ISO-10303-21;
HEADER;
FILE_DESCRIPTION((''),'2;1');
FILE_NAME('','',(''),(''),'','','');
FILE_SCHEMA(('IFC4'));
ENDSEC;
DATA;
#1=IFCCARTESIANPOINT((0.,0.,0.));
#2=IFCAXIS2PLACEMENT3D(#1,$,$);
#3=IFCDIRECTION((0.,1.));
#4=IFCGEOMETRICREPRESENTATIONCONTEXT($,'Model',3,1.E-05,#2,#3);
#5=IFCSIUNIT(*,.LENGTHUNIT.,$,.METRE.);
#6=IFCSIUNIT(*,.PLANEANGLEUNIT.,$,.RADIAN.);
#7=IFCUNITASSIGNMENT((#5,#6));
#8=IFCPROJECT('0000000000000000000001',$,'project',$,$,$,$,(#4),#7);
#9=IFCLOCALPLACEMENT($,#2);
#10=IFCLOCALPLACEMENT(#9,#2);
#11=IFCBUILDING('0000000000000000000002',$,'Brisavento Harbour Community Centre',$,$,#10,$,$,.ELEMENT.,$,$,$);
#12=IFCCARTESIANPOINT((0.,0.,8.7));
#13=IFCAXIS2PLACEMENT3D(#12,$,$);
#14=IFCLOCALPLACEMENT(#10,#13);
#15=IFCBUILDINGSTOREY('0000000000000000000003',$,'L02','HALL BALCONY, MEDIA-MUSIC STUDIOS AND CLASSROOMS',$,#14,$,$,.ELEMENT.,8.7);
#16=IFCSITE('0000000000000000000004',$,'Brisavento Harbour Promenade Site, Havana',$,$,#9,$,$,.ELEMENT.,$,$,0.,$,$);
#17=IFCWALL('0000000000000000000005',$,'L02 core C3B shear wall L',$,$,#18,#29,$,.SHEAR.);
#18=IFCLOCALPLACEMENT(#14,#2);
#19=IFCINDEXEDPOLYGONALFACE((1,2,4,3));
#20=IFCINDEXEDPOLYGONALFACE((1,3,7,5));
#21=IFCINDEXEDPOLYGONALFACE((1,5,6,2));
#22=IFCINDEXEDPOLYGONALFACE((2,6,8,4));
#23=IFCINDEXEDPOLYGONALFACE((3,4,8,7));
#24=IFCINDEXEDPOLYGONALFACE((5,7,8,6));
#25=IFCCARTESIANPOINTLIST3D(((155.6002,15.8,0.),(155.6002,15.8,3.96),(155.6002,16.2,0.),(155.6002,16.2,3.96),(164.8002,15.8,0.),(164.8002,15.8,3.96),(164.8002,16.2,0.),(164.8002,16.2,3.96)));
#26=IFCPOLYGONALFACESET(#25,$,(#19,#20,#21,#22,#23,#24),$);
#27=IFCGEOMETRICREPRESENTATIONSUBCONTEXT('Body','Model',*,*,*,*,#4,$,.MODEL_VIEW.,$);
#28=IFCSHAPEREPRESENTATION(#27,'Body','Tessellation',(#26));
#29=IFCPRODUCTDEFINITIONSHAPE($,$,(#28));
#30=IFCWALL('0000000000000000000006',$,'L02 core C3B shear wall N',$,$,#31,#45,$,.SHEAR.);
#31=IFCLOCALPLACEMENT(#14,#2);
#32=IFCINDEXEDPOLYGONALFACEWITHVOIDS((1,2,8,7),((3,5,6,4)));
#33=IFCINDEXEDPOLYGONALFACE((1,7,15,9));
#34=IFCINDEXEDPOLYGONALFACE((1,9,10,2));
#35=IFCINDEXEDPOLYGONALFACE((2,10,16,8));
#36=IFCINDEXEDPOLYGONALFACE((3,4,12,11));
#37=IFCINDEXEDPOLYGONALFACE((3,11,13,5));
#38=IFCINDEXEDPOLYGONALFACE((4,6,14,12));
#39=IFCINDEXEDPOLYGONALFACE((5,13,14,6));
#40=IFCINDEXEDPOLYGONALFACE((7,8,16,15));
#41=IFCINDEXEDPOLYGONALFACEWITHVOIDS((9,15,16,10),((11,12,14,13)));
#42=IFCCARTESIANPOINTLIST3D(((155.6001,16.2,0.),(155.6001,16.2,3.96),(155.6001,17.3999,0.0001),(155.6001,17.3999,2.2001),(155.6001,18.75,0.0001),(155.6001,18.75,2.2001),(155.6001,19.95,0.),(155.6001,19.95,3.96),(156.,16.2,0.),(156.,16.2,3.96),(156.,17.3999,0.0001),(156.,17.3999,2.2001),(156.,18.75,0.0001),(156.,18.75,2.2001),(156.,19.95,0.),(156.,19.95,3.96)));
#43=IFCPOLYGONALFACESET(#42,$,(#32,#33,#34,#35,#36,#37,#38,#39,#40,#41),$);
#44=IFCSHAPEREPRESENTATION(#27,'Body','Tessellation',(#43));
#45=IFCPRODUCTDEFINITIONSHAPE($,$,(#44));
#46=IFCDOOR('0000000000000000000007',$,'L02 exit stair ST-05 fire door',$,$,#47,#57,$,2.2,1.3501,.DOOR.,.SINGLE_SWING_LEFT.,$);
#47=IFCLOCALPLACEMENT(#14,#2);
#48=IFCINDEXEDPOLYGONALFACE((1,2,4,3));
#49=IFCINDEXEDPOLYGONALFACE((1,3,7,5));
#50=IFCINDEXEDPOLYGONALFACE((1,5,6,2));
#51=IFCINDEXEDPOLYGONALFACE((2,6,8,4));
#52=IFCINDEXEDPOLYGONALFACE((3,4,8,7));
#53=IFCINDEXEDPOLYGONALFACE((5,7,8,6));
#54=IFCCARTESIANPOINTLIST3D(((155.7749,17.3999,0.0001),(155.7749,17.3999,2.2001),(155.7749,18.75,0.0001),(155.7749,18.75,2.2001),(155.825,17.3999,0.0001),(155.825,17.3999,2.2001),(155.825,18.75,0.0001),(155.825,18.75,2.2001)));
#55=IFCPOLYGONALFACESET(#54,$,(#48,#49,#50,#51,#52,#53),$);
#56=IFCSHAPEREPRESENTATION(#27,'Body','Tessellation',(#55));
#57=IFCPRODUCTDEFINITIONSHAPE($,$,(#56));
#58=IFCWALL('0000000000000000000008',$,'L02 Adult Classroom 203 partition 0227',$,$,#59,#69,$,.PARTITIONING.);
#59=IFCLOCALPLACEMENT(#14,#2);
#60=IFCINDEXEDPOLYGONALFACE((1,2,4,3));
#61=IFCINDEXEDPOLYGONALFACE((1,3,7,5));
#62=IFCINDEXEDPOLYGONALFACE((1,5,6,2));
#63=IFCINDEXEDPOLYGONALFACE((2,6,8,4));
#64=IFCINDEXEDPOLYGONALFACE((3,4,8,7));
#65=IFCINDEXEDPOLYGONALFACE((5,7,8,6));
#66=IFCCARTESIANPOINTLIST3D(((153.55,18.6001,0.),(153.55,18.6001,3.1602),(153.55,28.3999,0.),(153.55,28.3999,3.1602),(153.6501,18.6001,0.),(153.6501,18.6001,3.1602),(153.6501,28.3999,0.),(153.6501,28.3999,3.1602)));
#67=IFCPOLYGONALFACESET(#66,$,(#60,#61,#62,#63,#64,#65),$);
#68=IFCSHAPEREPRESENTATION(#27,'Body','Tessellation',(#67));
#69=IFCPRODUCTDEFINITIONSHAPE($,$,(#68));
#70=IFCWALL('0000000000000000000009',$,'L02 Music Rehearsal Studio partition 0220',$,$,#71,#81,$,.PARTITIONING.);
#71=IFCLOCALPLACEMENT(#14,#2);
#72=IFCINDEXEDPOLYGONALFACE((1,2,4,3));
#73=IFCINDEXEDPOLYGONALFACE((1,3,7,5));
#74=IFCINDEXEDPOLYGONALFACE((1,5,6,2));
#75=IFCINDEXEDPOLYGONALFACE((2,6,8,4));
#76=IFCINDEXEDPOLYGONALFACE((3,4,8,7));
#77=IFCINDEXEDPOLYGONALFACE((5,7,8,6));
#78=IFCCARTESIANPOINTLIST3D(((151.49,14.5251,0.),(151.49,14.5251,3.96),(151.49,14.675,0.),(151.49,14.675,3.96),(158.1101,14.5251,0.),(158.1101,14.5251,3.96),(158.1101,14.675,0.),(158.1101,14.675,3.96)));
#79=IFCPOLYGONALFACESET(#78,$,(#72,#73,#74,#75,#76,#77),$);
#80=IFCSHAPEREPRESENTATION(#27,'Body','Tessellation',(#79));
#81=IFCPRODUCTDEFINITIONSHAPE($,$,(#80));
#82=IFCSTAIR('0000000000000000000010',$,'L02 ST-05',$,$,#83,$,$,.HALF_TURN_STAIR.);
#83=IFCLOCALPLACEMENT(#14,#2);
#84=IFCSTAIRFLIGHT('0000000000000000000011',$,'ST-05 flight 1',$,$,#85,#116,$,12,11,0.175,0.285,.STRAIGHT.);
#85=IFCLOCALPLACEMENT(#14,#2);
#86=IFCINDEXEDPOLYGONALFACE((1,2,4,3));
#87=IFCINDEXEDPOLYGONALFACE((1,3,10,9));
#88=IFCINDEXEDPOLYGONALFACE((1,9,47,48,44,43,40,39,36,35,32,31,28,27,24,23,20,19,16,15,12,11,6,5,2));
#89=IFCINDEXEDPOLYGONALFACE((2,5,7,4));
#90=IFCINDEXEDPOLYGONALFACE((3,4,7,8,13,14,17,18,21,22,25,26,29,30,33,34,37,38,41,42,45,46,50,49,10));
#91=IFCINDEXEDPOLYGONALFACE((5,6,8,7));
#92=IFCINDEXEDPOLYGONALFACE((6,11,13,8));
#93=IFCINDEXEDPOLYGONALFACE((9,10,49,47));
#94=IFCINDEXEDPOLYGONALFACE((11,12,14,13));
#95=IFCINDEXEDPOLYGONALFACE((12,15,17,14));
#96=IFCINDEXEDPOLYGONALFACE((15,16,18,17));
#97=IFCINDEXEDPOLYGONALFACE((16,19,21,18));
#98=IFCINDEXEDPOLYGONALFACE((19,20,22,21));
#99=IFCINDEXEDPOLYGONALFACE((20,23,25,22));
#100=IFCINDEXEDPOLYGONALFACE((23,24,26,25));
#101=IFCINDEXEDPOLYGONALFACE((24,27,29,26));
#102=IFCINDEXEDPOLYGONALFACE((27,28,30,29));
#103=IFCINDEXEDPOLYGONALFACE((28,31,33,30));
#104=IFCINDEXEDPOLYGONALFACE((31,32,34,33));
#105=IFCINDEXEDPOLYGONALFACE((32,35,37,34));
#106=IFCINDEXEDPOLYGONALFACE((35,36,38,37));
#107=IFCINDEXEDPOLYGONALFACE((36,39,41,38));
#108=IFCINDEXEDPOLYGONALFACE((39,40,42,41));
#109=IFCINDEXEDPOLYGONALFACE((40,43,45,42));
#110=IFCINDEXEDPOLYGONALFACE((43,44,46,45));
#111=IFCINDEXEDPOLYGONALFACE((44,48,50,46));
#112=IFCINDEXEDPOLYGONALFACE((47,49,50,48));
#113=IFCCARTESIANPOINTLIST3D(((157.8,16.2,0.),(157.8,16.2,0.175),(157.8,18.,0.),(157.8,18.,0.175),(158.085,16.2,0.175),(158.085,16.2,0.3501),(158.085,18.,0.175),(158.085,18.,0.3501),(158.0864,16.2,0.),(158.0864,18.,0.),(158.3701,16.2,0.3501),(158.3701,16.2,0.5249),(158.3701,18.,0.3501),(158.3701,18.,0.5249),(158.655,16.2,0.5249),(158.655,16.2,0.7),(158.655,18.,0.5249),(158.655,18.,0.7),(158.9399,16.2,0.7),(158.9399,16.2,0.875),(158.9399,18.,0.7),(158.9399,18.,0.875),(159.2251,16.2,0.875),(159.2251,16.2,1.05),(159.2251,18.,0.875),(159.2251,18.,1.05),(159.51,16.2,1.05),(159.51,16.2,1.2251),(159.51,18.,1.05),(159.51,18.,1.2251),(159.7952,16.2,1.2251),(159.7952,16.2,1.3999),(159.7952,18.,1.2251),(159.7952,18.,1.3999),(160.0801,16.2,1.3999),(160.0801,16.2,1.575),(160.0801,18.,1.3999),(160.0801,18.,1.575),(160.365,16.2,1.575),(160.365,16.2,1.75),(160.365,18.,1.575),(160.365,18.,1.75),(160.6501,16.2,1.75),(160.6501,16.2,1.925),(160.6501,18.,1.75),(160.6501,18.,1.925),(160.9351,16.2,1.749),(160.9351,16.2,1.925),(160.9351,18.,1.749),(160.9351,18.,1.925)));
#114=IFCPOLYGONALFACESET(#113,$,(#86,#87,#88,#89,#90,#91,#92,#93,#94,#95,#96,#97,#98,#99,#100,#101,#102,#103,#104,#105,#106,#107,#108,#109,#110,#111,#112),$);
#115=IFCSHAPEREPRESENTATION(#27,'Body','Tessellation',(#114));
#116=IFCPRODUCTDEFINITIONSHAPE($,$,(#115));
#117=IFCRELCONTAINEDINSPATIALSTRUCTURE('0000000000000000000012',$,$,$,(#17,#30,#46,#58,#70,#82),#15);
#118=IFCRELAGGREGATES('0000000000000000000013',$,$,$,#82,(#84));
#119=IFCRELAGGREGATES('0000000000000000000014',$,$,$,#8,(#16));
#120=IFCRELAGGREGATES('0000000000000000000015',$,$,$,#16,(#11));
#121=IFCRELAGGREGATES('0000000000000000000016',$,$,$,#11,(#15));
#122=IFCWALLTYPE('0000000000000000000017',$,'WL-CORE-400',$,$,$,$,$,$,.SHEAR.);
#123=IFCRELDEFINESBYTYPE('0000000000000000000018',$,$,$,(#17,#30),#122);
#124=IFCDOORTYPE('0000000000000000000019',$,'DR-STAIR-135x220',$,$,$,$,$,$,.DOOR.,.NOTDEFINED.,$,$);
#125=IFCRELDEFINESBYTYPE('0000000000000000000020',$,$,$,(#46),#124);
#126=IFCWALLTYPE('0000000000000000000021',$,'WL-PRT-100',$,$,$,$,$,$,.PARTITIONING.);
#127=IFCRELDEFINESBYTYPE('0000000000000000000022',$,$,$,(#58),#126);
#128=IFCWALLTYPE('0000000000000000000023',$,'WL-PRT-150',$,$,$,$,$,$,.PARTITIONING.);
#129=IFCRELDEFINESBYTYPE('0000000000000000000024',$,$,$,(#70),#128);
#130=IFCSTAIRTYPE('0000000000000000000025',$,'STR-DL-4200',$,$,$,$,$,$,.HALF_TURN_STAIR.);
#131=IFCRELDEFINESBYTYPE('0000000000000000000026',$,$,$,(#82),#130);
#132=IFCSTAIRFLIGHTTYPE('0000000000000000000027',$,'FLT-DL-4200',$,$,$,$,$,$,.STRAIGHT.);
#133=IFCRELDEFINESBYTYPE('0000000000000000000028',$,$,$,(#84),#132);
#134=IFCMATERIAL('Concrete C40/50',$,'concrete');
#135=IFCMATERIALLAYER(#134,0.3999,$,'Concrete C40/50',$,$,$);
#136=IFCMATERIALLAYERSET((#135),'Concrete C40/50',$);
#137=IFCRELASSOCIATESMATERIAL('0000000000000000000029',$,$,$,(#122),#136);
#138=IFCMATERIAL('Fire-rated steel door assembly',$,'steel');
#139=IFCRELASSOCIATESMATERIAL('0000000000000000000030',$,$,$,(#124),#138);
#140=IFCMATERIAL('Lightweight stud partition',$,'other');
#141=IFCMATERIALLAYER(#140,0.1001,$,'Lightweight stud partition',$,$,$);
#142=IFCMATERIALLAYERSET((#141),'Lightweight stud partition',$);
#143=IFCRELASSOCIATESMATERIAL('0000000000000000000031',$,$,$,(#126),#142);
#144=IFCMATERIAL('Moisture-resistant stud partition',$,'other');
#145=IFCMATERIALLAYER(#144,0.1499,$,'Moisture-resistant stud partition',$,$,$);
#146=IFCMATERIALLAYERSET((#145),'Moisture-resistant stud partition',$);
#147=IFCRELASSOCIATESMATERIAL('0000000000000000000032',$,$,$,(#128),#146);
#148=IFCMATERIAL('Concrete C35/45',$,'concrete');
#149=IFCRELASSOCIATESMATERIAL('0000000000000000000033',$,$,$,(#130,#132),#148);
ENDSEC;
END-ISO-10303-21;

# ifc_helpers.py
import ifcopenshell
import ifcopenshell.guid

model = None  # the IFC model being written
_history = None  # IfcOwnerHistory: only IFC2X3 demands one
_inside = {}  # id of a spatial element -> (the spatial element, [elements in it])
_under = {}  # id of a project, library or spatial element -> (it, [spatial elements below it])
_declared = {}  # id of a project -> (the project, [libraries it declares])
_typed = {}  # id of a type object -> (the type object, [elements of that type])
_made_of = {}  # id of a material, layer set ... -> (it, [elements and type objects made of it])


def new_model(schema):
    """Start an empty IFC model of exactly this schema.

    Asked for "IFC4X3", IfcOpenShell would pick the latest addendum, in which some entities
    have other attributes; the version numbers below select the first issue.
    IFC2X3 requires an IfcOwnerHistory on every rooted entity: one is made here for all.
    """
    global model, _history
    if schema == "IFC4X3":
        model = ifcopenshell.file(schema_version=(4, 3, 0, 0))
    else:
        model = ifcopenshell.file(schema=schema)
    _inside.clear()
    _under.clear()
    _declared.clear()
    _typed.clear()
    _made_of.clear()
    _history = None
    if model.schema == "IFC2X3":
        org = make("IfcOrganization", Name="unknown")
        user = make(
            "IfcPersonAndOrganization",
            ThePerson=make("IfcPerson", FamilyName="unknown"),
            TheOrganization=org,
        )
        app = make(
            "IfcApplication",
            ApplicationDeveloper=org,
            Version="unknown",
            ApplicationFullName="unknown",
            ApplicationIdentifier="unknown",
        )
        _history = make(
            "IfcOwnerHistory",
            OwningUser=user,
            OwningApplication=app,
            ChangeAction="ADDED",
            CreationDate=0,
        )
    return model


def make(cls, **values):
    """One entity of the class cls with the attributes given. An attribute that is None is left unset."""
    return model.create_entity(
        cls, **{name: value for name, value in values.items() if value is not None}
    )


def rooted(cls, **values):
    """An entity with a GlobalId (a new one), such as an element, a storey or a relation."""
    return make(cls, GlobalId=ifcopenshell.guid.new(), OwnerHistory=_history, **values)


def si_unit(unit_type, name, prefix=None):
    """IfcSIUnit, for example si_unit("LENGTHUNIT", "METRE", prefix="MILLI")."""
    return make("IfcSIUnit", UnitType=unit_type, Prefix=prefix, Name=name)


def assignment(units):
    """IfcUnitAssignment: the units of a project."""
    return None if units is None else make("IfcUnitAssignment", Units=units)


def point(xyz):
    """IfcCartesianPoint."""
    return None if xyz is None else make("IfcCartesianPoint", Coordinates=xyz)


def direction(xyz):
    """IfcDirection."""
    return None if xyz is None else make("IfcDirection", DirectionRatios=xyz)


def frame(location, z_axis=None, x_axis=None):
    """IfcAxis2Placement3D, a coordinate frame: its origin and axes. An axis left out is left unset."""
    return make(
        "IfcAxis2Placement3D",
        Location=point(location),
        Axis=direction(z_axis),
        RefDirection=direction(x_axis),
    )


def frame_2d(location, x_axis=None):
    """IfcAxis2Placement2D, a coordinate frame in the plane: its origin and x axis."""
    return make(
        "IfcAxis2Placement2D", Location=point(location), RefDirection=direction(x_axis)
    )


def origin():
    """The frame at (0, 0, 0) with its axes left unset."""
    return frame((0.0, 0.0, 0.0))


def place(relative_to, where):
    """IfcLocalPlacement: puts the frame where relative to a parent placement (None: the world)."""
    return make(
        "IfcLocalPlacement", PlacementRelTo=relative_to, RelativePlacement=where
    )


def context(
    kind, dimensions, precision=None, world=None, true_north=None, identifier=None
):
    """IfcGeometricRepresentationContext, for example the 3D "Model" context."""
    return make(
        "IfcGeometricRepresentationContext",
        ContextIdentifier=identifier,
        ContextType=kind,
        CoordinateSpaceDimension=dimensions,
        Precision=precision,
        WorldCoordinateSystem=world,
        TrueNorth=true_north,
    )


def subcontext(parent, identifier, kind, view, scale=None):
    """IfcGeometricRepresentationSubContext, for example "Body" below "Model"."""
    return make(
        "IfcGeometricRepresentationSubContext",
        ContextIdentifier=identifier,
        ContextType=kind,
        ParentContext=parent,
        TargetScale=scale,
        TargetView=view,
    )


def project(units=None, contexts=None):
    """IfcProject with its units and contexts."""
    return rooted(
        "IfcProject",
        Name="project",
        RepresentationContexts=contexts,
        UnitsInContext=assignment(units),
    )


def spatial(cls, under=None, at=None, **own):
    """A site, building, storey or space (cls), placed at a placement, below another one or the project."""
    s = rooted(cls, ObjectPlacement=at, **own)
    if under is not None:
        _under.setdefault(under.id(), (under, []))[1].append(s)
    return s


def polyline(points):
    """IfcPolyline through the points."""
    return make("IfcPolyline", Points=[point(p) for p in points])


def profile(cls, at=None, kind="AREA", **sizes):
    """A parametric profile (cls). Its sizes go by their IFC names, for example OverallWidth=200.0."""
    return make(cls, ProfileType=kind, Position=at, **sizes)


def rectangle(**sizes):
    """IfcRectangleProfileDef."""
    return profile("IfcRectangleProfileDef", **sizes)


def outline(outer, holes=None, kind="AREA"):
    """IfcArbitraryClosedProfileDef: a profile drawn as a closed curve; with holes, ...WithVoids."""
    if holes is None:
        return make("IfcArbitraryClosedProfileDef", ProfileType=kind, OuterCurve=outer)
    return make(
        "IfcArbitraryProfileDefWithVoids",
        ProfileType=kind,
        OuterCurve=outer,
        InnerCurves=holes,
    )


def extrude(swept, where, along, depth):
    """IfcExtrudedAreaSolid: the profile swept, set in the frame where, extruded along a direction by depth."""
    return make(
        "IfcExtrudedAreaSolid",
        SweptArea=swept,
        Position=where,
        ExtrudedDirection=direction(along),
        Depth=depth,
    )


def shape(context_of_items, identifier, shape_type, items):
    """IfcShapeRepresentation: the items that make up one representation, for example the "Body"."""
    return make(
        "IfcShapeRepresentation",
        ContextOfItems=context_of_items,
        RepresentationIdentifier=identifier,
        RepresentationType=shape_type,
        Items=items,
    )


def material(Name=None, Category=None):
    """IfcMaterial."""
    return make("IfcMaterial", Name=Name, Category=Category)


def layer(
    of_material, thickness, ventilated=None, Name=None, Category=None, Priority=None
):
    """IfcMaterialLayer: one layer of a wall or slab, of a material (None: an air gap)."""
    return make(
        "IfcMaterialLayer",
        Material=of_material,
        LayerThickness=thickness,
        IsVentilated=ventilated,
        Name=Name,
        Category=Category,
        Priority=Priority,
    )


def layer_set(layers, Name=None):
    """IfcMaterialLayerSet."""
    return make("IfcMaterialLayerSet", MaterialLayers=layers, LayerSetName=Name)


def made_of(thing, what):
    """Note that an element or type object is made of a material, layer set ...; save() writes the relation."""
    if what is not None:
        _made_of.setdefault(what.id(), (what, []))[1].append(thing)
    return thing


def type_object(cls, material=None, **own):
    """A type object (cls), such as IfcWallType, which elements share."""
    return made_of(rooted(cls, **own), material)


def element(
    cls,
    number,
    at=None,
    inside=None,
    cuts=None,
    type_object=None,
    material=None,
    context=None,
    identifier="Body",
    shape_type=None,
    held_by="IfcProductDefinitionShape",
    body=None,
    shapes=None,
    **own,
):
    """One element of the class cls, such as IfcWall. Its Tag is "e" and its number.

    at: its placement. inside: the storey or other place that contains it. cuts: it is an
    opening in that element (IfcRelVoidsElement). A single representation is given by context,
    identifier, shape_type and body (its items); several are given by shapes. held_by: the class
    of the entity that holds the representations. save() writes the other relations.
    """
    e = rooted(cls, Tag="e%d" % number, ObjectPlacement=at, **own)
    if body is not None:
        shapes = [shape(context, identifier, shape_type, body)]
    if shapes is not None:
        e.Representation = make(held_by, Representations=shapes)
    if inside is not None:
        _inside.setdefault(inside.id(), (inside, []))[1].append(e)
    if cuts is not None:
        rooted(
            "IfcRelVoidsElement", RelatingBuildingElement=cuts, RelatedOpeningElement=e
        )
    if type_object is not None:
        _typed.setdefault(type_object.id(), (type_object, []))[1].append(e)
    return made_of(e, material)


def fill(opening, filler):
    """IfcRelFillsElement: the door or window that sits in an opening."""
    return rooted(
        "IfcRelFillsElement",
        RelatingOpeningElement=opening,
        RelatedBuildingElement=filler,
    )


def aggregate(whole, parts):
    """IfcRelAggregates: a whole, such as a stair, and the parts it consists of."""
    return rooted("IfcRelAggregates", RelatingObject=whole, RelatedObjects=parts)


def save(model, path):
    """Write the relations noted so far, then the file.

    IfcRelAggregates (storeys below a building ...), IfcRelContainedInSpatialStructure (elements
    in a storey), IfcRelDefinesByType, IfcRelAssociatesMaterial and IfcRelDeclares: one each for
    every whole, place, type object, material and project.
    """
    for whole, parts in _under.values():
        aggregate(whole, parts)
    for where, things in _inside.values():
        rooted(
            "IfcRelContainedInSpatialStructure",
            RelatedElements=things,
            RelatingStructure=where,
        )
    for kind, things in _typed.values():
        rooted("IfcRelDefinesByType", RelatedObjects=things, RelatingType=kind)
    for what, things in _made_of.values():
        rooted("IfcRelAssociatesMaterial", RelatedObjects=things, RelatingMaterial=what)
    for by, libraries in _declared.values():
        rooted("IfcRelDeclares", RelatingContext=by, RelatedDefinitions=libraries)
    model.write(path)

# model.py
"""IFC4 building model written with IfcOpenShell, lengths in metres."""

from ifc_helpers import new_model, si_unit, direction, frame, frame_2d, origin, place, context, subcontext, project, spatial, polyline, rectangle, outline, extrude, material, layer, layer_set, type_object, element, fill, aggregate, save


model = new_model("IFC4")

# Units and contexts
model_context = context("Model", 3, precision=1e-05, world=origin(), true_north=direction((0.0, 1.0)))
body_context = subcontext(model_context, "Body", "Model", "MODEL_VIEW")
ifc_project = project(units=[si_unit("LENGTHUNIT", "METRE"), si_unit("PLANEANGLEUNIT", "RADIAN")], contexts=[model_context])

# Site, building, storey
site_placement = place(None, origin())
site = spatial("IfcSite", under=ifc_project, at=site_placement, Name="Brisavento Harbour Promenade Site, Havana", CompositionType="ELEMENT", RefElevation=0.0)
building_placement = place(site_placement, origin())
building = spatial("IfcBuilding", under=site, at=building_placement, Name="Brisavento Harbour Community Centre", CompositionType="ELEMENT")
storey_placement = place(building_placement, frame((0.0, 0.0, 8.7)))
storey = spatial("IfcBuildingStorey", under=building, at=storey_placement, Name="L02", Description="HALL BALCONY, MEDIA-MUSIC STUDIOS AND CLASSROOMS", CompositionType="ELEMENT", Elevation=8.7)

# Shared definitions
ifc_material_1 = material(Name="Concrete C35/45", Category="concrete")

# Wall
ifc_material_2 = material(Name="Concrete C40/50", Category="concrete")
ifc_layer_1 = layer(ifc_material_2, 0.3999, Name="Concrete C40/50")
ifc_layer_set_1 = layer_set([ifc_layer_1], Name="Concrete C40/50")
wall_type_1 = type_object("IfcWallType", Name="WL-CORE-400", PredefinedType="SHEAR", material=ifc_layer_set_1)
wall_1_placement = place(storey_placement, frame((155.6001, 16.0, 0.0), z_axis=(0.0, 0.0, 1.0), x_axis=(1.0, 0.0, 0.0)))
element("IfcWall", 1, at=wall_1_placement, inside=storey, type_object=wall_type_1, Name="L02 core C3B shear wall L", PredefinedType="SHEAR", context=body_context, shape_type="SweptSolid", body=[
    extrude(rectangle(XDim=9.2, YDim=0.3999, at=frame_2d((4.6001, 0.0))), origin(), (0.0, 0.0, 1.0), 3.96),
])

# Wall, opening, door
wall_2_placement = place(storey_placement, frame((155.8, 19.95, 0.0), z_axis=(0.0, 0.0, 1.0), x_axis=(0.0, -1.0, 0.0)))
wall_2 = element("IfcWall", 2, at=wall_2_placement, inside=storey, type_object=wall_type_1, Name="L02 core C3B shear wall N", PredefinedType="SHEAR", context=body_context, shape_type="SweptSolid", body=[
    extrude(rectangle(XDim=3.75, YDim=0.3999, at=frame_2d((1.875, 0.0))), origin(), (0.0, 0.0, 1.0), 3.96),
])
opening_1_placement = place(wall_2_placement, frame((1.2, 0.0, 0.0)))
opening_1 = element("IfcOpeningElement", 3, at=opening_1_placement, cuts=wall_2, PredefinedType="OPENING", context=body_context, shape_type="SweptSolid", body=[
    extrude(rectangle(XDim=1.3501, YDim=2.2, at=frame_2d((0.675, 1.1001))), frame((0.0, 0.21, 0.0), z_axis=(0.0, -1.0, 0.0), x_axis=(1.0, 0.0, 0.0)), (0.0, 0.0, 1.0), 0.4199),
])
ifc_material_3 = material(Name="Fire-rated steel door assembly", Category="steel")
door_type_1 = type_object("IfcDoorType", Name="DR-STAIR-135x220", OperationType="NOTDEFINED", PredefinedType="DOOR", material=ifc_material_3)
door_1_placement = place(opening_1_placement, origin())
door_1 = element("IfcDoor", 4, at=door_1_placement, inside=storey, type_object=door_type_1, Name="L02 exit stair ST-05 fire door", OperationType="SINGLE_SWING_LEFT", OverallHeight=2.2, OverallWidth=1.3501, PredefinedType="DOOR", context=body_context, shape_type="SweptSolid", body=[
    extrude(rectangle(XDim=1.3501, YDim=2.2, at=frame_2d((0.675, 1.1001))), frame((0.0, 0.0249, 0.0), z_axis=(0.0, -1.0, 0.0), x_axis=(1.0, 0.0, 0.0)), (0.0, 0.0, 1.0), 0.05),
])
fill(opening_1, door_1)

# Walls
ifc_material_4 = material(Name="Lightweight stud partition", Category="other")
ifc_layer_2 = layer(ifc_material_4, 0.1001, Name="Lightweight stud partition")
ifc_layer_set_2 = layer_set([ifc_layer_2], Name="Lightweight stud partition")
wall_type_2 = type_object("IfcWallType", Name="WL-PRT-100", PredefinedType="PARTITIONING", material=ifc_layer_set_2)
wall_3_placement = place(storey_placement, frame((153.6001, 18.6001, 0.0), z_axis=(0.0, 0.0, 1.0), x_axis=(0.0, 1.0, 0.0)))
element("IfcWall", 5, at=wall_3_placement, inside=storey, type_object=wall_type_2, Name="L02 Adult Classroom 203 partition 0227", PredefinedType="PARTITIONING", context=body_context, shape_type="SweptSolid", body=[
    extrude(rectangle(XDim=9.7998, YDim=0.1001, at=frame_2d((4.8999, 0.0))), origin(), (0.0, 0.0, 1.0), 3.1602),
])
ifc_material_5 = material(Name="Moisture-resistant stud partition", Category="other")
ifc_layer_3 = layer(ifc_material_5, 0.1499, Name="Moisture-resistant stud partition")
ifc_layer_set_3 = layer_set([ifc_layer_3], Name="Moisture-resistant stud partition")
wall_type_3 = type_object("IfcWallType", Name="WL-PRT-150", PredefinedType="PARTITIONING", material=ifc_layer_set_3)
wall_4_placement = place(storey_placement, frame((158.1101, 14.6001, 0.0), z_axis=(0.0, 0.0, 1.0), x_axis=(-1.0, 0.0, 0.0)))
element("IfcWall", 6, at=wall_4_placement, inside=storey, type_object=wall_type_3, Name="L02 Music Rehearsal Studio partition 0220", PredefinedType="PARTITIONING", context=body_context, shape_type="SweptSolid", body=[
    extrude(rectangle(XDim=6.6201, YDim=0.1499, at=frame_2d((3.3101, 0.0))), origin(), (0.0, 0.0, 1.0), 3.96),
])

# Stair, stair flight
stair_type = type_object("IfcStairType", Name="STR-DL-4200", PredefinedType="HALF_TURN_STAIR", material=ifc_material_1)
stair_placement = place(storey_placement, origin())
stair = element("IfcStair", 7, at=stair_placement, inside=storey, type_object=stair_type, Name="L02 ST-05", PredefinedType="HALF_TURN_STAIR")
stair_flight_type = type_object("IfcStairFlightType", Name="FLT-DL-4200", PredefinedType="STRAIGHT", material=ifc_material_1)
stair_flight_placement = place(storey_placement, frame((157.8, 17.1001, 0.0), z_axis=(0.0, 0.0, 1.0), x_axis=(1.0, 0.0, 0.0)))
stair_flight = element("IfcStairFlight", 8, at=stair_flight_placement, type_object=stair_flight_type, Name="ST-05 flight 1", NumberOfRisers=12, NumberOfTreads=11, PredefinedType="STRAIGHT", RiserHeight=0.175, TreadLength=0.285, context=body_context, shape_type="SweptSolid", body=[
    extrude(outline(polyline([(0.0, 0.0), (0.0, 0.175), (0.2849, 0.175), (0.2849, 0.3501), (0.5701, 0.3501), (0.5701, 0.5249), (0.855, 0.5249), (0.855, 0.7), (1.1399, 0.7), (1.1399, 0.875), (1.425, 0.875), (1.425, 1.05), (1.71, 1.05), (1.71, 1.2251), (1.9951, 1.2251), (1.9951, 1.3999), (2.28, 1.3999), (2.28, 1.575), (2.5649, 1.575), (2.5649, 1.75), (2.8501, 1.75), (2.8501, 1.925), (3.135, 1.925), (3.135, 2.1001), (3.135, 1.749), (0.2864, 0.0), (0.0, 0.0)])), frame((0.0, 0.8999, 0.0), z_axis=(0.0, -1.0, 0.0), x_axis=(1.0, 0.0, 0.0)), (0.0, 0.0, 1.0), 1.8),
])
aggregate(stair, [stair_flight])

save(model, "model.ifc")
